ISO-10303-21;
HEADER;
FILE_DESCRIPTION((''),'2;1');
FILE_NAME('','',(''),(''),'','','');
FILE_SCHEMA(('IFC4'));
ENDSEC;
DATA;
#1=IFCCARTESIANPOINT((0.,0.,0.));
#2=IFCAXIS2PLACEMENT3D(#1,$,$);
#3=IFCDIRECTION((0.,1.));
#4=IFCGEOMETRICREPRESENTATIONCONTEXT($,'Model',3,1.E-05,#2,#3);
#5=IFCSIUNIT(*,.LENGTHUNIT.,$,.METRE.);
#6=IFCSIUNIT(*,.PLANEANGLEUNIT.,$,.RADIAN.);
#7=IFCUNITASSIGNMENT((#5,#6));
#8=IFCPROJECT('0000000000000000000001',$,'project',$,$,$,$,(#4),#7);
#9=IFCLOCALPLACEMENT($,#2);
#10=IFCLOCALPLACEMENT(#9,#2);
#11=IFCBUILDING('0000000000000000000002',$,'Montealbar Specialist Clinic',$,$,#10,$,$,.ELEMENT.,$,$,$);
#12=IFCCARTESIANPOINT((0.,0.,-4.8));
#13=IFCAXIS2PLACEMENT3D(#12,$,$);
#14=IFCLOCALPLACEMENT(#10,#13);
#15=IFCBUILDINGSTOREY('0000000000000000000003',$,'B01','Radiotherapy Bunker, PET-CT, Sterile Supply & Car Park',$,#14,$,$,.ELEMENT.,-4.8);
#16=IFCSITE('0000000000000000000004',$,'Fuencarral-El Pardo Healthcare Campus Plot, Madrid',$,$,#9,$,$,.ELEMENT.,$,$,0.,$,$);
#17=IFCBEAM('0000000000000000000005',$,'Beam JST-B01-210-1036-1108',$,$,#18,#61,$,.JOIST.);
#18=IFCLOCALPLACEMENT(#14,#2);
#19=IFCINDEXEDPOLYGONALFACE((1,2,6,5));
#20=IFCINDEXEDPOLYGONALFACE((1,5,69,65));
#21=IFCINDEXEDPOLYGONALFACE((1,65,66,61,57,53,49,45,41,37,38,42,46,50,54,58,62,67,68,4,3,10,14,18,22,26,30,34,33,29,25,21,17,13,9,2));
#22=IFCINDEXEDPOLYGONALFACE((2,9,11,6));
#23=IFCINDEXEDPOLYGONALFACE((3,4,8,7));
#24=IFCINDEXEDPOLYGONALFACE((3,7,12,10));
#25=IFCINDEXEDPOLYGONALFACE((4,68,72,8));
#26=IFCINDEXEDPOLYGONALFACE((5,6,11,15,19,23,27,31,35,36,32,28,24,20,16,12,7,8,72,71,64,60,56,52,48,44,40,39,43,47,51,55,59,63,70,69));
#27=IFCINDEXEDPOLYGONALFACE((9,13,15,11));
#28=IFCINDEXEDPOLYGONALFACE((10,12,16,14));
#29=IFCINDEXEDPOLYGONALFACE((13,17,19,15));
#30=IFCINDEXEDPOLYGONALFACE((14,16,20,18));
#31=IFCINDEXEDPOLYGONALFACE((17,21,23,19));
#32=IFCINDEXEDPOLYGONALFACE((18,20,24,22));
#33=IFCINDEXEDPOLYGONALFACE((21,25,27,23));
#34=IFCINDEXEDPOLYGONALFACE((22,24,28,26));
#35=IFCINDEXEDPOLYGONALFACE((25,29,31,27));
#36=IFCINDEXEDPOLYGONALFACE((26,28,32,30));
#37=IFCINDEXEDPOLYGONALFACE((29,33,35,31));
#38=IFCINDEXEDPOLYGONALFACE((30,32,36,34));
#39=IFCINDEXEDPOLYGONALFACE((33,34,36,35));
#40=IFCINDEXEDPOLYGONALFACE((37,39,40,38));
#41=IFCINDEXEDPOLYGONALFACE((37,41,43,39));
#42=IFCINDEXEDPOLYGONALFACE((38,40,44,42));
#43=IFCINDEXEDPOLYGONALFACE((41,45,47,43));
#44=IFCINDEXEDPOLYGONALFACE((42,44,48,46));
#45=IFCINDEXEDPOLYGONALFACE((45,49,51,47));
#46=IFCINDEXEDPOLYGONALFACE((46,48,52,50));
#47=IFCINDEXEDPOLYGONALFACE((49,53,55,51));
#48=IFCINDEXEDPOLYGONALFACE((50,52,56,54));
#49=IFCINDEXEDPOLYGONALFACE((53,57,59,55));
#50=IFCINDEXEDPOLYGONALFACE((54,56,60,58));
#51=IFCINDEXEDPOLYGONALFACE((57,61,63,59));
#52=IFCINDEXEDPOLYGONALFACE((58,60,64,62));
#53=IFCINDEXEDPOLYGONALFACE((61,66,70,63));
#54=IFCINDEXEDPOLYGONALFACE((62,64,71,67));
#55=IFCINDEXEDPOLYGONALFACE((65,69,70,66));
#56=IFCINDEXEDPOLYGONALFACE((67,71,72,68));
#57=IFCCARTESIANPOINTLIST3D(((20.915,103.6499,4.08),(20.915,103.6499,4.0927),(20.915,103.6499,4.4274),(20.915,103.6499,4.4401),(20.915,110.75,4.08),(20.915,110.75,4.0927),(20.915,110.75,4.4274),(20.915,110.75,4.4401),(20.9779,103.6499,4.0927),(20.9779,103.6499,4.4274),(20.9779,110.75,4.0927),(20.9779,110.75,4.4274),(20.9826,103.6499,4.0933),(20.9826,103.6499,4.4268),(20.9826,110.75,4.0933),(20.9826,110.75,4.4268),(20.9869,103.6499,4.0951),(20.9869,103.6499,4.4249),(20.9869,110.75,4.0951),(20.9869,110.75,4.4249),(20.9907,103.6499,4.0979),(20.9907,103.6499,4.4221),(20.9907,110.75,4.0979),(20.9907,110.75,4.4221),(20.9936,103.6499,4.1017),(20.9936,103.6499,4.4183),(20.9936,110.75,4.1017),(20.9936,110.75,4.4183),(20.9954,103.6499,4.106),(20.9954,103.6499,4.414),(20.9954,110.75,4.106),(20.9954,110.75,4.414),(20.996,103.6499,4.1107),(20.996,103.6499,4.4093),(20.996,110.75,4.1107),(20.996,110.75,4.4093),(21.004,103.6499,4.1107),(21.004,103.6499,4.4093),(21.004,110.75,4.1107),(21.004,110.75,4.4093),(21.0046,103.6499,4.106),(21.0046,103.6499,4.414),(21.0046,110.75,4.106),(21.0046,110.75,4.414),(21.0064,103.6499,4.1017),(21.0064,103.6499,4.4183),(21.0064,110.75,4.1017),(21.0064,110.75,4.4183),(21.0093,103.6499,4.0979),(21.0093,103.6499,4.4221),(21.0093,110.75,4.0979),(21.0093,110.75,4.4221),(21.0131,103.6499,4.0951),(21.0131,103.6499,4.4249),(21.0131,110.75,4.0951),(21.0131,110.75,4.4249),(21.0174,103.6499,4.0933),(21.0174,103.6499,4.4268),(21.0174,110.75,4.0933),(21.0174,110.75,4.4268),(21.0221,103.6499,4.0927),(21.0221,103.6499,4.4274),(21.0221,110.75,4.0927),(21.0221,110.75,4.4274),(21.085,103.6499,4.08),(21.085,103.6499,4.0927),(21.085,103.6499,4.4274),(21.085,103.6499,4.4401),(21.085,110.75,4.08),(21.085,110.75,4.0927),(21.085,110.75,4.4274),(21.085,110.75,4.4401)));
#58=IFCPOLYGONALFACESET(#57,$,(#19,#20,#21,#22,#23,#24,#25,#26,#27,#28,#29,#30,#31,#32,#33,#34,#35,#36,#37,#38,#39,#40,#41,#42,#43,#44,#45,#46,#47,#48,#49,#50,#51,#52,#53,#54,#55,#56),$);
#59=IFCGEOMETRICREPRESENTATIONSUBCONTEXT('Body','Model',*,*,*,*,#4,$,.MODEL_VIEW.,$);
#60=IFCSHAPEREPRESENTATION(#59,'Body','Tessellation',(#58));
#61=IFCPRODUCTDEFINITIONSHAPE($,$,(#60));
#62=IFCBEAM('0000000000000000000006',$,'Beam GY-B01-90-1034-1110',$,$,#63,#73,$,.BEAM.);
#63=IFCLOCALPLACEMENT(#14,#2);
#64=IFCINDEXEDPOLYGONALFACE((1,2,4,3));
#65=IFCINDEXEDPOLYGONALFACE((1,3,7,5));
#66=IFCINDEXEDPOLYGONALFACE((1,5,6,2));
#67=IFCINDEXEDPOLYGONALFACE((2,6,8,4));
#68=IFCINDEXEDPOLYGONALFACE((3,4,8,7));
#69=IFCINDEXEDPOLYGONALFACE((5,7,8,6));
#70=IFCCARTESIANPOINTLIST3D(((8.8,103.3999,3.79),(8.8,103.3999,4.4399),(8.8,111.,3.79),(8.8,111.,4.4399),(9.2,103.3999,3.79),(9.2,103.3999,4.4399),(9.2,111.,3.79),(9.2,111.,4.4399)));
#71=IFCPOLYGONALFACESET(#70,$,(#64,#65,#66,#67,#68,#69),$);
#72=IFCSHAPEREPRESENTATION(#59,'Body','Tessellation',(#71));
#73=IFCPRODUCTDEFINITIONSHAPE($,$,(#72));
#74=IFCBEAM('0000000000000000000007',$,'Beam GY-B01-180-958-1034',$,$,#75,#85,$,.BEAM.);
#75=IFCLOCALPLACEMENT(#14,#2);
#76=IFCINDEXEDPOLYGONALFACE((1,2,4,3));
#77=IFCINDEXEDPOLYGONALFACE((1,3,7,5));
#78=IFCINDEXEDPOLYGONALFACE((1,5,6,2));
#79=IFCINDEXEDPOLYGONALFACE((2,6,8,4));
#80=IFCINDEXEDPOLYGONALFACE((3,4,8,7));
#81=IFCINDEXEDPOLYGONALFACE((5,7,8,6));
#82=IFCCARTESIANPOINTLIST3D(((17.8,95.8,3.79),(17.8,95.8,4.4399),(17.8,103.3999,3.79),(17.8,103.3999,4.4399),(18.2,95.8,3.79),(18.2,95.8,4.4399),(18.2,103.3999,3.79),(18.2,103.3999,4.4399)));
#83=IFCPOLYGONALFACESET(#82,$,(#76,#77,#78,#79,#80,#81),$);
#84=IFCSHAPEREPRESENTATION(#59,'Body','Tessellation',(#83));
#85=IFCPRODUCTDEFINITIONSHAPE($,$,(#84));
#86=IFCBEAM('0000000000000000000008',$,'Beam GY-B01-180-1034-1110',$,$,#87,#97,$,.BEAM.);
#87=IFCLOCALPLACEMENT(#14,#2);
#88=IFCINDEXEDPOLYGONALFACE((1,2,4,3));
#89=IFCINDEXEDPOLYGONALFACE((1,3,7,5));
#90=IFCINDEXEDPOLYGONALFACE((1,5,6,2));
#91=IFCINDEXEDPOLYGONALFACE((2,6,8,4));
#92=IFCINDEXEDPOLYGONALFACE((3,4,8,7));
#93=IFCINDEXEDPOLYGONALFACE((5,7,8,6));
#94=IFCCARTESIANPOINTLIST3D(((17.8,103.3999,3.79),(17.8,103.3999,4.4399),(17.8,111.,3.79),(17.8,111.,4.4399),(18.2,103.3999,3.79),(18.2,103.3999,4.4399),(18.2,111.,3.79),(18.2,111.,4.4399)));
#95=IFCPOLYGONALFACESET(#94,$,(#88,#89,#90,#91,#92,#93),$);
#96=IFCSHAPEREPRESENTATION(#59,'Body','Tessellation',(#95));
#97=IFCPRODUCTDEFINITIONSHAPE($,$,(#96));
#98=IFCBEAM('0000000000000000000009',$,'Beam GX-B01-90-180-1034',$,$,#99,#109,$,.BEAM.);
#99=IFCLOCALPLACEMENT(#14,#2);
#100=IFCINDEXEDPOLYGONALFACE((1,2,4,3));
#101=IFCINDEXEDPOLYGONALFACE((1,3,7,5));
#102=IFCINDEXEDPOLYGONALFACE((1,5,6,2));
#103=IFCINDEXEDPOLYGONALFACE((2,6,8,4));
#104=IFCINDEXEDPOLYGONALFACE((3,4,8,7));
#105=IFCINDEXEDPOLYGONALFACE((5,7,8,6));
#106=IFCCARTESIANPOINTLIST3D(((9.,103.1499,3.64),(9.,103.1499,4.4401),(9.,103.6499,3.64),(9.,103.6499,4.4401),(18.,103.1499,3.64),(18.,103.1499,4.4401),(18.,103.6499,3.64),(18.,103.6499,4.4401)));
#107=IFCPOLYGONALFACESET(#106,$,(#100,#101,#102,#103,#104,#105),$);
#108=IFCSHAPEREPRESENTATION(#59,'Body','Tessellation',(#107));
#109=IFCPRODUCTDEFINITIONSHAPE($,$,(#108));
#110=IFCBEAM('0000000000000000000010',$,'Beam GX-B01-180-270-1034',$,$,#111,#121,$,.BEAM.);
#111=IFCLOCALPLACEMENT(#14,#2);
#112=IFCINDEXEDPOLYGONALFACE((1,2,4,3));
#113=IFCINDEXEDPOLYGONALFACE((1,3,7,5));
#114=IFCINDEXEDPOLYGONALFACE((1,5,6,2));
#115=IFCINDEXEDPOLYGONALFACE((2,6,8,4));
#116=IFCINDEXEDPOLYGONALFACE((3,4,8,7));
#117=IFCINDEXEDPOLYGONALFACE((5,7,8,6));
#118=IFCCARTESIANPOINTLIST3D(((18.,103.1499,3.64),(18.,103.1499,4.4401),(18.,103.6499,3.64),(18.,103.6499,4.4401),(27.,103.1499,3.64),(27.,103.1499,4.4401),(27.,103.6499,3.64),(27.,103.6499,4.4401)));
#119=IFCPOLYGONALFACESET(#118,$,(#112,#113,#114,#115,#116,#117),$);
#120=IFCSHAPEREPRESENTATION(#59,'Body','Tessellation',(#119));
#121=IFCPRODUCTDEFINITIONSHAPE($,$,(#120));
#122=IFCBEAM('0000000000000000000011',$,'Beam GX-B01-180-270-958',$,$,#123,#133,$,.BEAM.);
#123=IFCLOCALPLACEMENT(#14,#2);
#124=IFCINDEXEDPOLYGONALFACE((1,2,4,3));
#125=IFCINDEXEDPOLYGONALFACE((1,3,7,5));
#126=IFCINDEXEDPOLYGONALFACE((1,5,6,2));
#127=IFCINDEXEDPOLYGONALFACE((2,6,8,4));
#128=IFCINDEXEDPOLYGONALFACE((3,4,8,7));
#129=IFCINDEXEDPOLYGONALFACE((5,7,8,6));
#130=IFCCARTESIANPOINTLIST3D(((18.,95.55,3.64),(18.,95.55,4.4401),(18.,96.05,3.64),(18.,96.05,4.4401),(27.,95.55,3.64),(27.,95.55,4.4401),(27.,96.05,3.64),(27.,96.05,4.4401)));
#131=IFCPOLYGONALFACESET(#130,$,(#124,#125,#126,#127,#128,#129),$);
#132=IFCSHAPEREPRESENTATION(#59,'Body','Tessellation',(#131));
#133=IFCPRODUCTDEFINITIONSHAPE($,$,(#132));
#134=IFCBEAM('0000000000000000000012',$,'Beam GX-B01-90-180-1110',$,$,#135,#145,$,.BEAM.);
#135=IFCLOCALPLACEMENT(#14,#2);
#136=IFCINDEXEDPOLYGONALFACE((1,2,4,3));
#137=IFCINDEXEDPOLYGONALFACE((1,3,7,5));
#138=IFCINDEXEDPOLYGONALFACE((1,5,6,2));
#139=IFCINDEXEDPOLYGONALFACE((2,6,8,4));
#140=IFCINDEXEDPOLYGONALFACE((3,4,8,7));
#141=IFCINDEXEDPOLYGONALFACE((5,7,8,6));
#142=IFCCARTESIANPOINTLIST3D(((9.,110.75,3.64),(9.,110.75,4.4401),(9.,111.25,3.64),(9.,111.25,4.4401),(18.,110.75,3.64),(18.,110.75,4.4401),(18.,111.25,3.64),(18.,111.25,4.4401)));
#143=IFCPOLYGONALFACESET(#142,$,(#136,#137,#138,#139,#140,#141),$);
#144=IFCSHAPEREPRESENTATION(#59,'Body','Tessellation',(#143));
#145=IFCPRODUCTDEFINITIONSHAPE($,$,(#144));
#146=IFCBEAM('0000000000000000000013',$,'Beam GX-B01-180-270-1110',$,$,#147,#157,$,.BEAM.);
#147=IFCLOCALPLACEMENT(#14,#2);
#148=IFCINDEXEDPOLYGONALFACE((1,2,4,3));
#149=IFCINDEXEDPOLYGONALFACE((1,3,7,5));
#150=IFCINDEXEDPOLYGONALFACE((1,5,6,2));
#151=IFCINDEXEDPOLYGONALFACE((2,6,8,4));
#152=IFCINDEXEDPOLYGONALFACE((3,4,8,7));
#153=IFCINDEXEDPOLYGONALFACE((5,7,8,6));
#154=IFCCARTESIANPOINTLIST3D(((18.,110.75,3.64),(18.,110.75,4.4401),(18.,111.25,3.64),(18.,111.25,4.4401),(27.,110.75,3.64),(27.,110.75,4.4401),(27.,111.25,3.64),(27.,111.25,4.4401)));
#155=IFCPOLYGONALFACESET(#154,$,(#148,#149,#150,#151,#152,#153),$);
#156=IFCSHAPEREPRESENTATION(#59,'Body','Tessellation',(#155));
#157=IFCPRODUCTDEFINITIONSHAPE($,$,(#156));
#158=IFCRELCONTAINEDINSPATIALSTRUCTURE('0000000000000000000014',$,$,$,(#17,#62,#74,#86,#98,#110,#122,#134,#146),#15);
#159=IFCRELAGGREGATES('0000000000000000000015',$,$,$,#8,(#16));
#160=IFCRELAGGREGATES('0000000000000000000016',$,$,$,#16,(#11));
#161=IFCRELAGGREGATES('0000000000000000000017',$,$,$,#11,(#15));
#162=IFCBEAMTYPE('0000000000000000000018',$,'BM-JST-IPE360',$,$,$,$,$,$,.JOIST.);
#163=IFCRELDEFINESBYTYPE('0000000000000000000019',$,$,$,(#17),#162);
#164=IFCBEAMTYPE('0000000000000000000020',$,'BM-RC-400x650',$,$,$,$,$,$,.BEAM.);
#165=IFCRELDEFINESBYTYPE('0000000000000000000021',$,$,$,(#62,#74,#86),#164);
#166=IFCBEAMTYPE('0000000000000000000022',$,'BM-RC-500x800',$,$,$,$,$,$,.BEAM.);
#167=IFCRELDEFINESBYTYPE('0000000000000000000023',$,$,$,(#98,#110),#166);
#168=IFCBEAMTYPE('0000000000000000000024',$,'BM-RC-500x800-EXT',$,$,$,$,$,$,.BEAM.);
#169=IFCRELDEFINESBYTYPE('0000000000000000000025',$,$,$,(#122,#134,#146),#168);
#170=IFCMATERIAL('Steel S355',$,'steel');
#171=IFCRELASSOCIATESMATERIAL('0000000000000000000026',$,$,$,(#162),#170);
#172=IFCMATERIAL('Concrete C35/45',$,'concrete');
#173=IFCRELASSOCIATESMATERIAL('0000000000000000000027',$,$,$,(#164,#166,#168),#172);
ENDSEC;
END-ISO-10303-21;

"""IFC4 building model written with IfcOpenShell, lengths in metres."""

from ifc_helpers import new_model, si_unit, direction, frame, origin, origin_2d, place, context, subcontext, project, spatial, rectangle, i_section, extrude, material, material_profile, profile_set, type_object, element, save


model = new_model("IFC4")

# Units and contexts
model_context = context("Model", 3, precision=1e-05, world=origin(), true_north=direction((0.0, 1.0)))
body_context = subcontext(model_context, "Body", "Model", "MODEL_VIEW")
ifc_project = project(units=[si_unit("LENGTHUNIT", "METRE"), si_unit("PLANEANGLEUNIT", "RADIAN")], contexts=[model_context])

# Site, building, storey
site_placement = place(None, origin())
site = spatial("IfcSite", under=ifc_project, at=site_placement, Name="Fuencarral-El Pardo Healthcare Campus Plot, Madrid", CompositionType="ELEMENT", RefElevation=0.0)
building_placement = place(site_placement, origin())
building = spatial("IfcBuilding", under=site, at=building_placement, Name="Montealbar Specialist Clinic", CompositionType="ELEMENT")
storey_placement = place(building_placement, frame((0.0, 0.0, -4.8)))
storey = spatial("IfcBuildingStorey", under=building, at=storey_placement, Name="B01", Description="Radiotherapy Bunker, PET-CT, Sterile Supply & Car Park", CompositionType="ELEMENT", Elevation=-4.8)

# Shared definitions
ifc_material_1 = material(Name="Concrete C35/45", Category="concrete")

# Beams
ifc_material_2 = material(Name="Steel S355", Category="steel")
ifc_material_profile_1 = material_profile(ifc_material_2, i_section(OverallWidth=0.1699, OverallDepth=0.3601, WebThickness=0.0081, FlangeThickness=0.0127, FilletRadius=0.0181, at=origin_2d()), Name="IPE 360", Category="steel")
ifc_profile_set_1 = profile_set([ifc_material_profile_1], Name="Steel S355")
beam_type_1 = type_object("IfcBeamType", Name="BM-JST-IPE360", PredefinedType="JOIST", material=ifc_profile_set_1)
beam_1_placement = place(storey_placement, frame((21.0, 103.6499, 4.26), z_axis=(0.0, 1.0, 0.0), x_axis=(-1.0, 0.0, 0.0)))
element("IfcBeam", 1, at=beam_1_placement, inside=storey, type_object=beam_type_1, Name="Beam JST-B01-210-1036-1108", PredefinedType="JOIST", context=body_context, shape_type="SweptSolid", body=[
    extrude(i_section(OverallWidth=0.1699, OverallDepth=0.3601, WebThickness=0.0081, FlangeThickness=0.0127, FilletRadius=0.0181, at=origin_2d()), origin(), (0.0, 0.0, 1.0), 7.1001),
])
ifc_material_profile_2 = material_profile(ifc_material_1, rectangle(XDim=0.3999, YDim=0.6499, at=origin_2d()), Name="RC 400x650", Category="concrete")
ifc_profile_set_2 = profile_set([ifc_material_profile_2], Name="Concrete C35/45")
beam_type_2 = type_object("IfcBeamType", Name="BM-RC-400x650", PredefinedType="BEAM", material=ifc_profile_set_2)
beam_2_placement = place(storey_placement, frame((9.0, 103.3999, 4.115), z_axis=(0.0, 1.0, 0.0), x_axis=(-1.0, 0.0, 0.0)))
element("IfcBeam", 2, at=beam_2_placement, inside=storey, type_object=beam_type_2, Name="Beam GY-B01-90-1034-1110", PredefinedType="BEAM", context=body_context, shape_type="SweptSolid", body=[
    extrude(rectangle(XDim=0.3999, YDim=0.6499, at=origin_2d()), origin(), (0.0, 0.0, 1.0), 7.6001),
])
beam_3_placement = place(storey_placement, frame((18.0, 95.8, 4.115), z_axis=(0.0, 1.0, 0.0), x_axis=(-1.0, 0.0, 0.0)))
element("IfcBeam", 3, at=beam_3_placement, inside=storey, type_object=beam_type_2, Name="Beam GY-B01-180-958-1034", PredefinedType="BEAM", context=body_context, shape_type="SweptSolid", body=[
    extrude(rectangle(XDim=0.3999, YDim=0.6499, at=origin_2d()), origin(), (0.0, 0.0, 1.0), 7.5999),
])
beam_4_placement = place(storey_placement, frame((18.0, 103.3999, 4.115), z_axis=(0.0, 1.0, 0.0), x_axis=(-1.0, 0.0, 0.0)))
element("IfcBeam", 4, at=beam_4_placement, inside=storey, type_object=beam_type_2, Name="Beam GY-B01-180-1034-1110", PredefinedType="BEAM", context=body_context, shape_type="SweptSolid", body=[
    extrude(rectangle(XDim=0.3999, YDim=0.6499, at=origin_2d()), origin(), (0.0, 0.0, 1.0), 7.6001),
])
ifc_material_profile_3 = material_profile(ifc_material_1, rectangle(XDim=0.5, YDim=0.8, at=origin_2d()), Name="RC 500x800", Category="concrete")
ifc_profile_set_3 = profile_set([ifc_material_profile_3], Name="Concrete C35/45")
beam_type_3 = type_object("IfcBeamType", Name="BM-RC-500x800", PredefinedType="BEAM", material=ifc_profile_set_3)
for number, where, z_axis, x_axis, name in (
    (5, (9.0, 103.3999, 4.04), (1.0, 0.0, 0.0), (0.0, 1.0, 0.0), "Beam GX-B01-90-180-1034"),
    (6, (18.0, 103.3999, 4.04), (1.0, 0.0, 0.0), (0.0, 1.0, 0.0), "Beam GX-B01-180-270-1034"),
):
    element("IfcBeam", number, at=place(storey_placement, frame(where, z_axis=z_axis, x_axis=x_axis)), inside=storey, type_object=beam_type_3, Name=name, PredefinedType="BEAM", context=body_context, shape_type="SweptSolid", body=[
        extrude(rectangle(XDim=0.5, YDim=0.8, at=origin_2d()), origin(), (0.0, 0.0, 1.0), 9.0),
    ])
ifc_material_profile_4 = material_profile(ifc_material_1, rectangle(XDim=0.5, YDim=0.8, at=origin_2d()), Name="RC 500x800", Category="concrete")
ifc_profile_set_4 = profile_set([ifc_material_profile_4], Name="Concrete C35/45")
beam_type_4 = type_object("IfcBeamType", Name="BM-RC-500x800-EXT", PredefinedType="BEAM", material=ifc_profile_set_4)
for number, where, z_axis, x_axis, name in (
    (7, (18.0, 95.8, 4.04), (1.0, 0.0, 0.0), (0.0, 1.0, 0.0), "Beam GX-B01-180-270-958"),
    (8, (9.0, 111.0, 4.04), (1.0, 0.0, 0.0), (0.0, 1.0, 0.0), "Beam GX-B01-90-180-1110"),
    (9, (18.0, 111.0, 4.04), (1.0, 0.0, 0.0), (0.0, 1.0, 0.0), "Beam GX-B01-180-270-1110"),
):
    element("IfcBeam", number, at=place(storey_placement, frame(where, z_axis=z_axis, x_axis=x_axis)), inside=storey, type_object=beam_type_4, Name=name, PredefinedType="BEAM", context=body_context, shape_type="SweptSolid", body=[
        extrude(rectangle(XDim=0.5, YDim=0.8, at=origin_2d()), origin(), (0.0, 0.0, 1.0), 9.0),
    ])

save(model, "model.ifc")
